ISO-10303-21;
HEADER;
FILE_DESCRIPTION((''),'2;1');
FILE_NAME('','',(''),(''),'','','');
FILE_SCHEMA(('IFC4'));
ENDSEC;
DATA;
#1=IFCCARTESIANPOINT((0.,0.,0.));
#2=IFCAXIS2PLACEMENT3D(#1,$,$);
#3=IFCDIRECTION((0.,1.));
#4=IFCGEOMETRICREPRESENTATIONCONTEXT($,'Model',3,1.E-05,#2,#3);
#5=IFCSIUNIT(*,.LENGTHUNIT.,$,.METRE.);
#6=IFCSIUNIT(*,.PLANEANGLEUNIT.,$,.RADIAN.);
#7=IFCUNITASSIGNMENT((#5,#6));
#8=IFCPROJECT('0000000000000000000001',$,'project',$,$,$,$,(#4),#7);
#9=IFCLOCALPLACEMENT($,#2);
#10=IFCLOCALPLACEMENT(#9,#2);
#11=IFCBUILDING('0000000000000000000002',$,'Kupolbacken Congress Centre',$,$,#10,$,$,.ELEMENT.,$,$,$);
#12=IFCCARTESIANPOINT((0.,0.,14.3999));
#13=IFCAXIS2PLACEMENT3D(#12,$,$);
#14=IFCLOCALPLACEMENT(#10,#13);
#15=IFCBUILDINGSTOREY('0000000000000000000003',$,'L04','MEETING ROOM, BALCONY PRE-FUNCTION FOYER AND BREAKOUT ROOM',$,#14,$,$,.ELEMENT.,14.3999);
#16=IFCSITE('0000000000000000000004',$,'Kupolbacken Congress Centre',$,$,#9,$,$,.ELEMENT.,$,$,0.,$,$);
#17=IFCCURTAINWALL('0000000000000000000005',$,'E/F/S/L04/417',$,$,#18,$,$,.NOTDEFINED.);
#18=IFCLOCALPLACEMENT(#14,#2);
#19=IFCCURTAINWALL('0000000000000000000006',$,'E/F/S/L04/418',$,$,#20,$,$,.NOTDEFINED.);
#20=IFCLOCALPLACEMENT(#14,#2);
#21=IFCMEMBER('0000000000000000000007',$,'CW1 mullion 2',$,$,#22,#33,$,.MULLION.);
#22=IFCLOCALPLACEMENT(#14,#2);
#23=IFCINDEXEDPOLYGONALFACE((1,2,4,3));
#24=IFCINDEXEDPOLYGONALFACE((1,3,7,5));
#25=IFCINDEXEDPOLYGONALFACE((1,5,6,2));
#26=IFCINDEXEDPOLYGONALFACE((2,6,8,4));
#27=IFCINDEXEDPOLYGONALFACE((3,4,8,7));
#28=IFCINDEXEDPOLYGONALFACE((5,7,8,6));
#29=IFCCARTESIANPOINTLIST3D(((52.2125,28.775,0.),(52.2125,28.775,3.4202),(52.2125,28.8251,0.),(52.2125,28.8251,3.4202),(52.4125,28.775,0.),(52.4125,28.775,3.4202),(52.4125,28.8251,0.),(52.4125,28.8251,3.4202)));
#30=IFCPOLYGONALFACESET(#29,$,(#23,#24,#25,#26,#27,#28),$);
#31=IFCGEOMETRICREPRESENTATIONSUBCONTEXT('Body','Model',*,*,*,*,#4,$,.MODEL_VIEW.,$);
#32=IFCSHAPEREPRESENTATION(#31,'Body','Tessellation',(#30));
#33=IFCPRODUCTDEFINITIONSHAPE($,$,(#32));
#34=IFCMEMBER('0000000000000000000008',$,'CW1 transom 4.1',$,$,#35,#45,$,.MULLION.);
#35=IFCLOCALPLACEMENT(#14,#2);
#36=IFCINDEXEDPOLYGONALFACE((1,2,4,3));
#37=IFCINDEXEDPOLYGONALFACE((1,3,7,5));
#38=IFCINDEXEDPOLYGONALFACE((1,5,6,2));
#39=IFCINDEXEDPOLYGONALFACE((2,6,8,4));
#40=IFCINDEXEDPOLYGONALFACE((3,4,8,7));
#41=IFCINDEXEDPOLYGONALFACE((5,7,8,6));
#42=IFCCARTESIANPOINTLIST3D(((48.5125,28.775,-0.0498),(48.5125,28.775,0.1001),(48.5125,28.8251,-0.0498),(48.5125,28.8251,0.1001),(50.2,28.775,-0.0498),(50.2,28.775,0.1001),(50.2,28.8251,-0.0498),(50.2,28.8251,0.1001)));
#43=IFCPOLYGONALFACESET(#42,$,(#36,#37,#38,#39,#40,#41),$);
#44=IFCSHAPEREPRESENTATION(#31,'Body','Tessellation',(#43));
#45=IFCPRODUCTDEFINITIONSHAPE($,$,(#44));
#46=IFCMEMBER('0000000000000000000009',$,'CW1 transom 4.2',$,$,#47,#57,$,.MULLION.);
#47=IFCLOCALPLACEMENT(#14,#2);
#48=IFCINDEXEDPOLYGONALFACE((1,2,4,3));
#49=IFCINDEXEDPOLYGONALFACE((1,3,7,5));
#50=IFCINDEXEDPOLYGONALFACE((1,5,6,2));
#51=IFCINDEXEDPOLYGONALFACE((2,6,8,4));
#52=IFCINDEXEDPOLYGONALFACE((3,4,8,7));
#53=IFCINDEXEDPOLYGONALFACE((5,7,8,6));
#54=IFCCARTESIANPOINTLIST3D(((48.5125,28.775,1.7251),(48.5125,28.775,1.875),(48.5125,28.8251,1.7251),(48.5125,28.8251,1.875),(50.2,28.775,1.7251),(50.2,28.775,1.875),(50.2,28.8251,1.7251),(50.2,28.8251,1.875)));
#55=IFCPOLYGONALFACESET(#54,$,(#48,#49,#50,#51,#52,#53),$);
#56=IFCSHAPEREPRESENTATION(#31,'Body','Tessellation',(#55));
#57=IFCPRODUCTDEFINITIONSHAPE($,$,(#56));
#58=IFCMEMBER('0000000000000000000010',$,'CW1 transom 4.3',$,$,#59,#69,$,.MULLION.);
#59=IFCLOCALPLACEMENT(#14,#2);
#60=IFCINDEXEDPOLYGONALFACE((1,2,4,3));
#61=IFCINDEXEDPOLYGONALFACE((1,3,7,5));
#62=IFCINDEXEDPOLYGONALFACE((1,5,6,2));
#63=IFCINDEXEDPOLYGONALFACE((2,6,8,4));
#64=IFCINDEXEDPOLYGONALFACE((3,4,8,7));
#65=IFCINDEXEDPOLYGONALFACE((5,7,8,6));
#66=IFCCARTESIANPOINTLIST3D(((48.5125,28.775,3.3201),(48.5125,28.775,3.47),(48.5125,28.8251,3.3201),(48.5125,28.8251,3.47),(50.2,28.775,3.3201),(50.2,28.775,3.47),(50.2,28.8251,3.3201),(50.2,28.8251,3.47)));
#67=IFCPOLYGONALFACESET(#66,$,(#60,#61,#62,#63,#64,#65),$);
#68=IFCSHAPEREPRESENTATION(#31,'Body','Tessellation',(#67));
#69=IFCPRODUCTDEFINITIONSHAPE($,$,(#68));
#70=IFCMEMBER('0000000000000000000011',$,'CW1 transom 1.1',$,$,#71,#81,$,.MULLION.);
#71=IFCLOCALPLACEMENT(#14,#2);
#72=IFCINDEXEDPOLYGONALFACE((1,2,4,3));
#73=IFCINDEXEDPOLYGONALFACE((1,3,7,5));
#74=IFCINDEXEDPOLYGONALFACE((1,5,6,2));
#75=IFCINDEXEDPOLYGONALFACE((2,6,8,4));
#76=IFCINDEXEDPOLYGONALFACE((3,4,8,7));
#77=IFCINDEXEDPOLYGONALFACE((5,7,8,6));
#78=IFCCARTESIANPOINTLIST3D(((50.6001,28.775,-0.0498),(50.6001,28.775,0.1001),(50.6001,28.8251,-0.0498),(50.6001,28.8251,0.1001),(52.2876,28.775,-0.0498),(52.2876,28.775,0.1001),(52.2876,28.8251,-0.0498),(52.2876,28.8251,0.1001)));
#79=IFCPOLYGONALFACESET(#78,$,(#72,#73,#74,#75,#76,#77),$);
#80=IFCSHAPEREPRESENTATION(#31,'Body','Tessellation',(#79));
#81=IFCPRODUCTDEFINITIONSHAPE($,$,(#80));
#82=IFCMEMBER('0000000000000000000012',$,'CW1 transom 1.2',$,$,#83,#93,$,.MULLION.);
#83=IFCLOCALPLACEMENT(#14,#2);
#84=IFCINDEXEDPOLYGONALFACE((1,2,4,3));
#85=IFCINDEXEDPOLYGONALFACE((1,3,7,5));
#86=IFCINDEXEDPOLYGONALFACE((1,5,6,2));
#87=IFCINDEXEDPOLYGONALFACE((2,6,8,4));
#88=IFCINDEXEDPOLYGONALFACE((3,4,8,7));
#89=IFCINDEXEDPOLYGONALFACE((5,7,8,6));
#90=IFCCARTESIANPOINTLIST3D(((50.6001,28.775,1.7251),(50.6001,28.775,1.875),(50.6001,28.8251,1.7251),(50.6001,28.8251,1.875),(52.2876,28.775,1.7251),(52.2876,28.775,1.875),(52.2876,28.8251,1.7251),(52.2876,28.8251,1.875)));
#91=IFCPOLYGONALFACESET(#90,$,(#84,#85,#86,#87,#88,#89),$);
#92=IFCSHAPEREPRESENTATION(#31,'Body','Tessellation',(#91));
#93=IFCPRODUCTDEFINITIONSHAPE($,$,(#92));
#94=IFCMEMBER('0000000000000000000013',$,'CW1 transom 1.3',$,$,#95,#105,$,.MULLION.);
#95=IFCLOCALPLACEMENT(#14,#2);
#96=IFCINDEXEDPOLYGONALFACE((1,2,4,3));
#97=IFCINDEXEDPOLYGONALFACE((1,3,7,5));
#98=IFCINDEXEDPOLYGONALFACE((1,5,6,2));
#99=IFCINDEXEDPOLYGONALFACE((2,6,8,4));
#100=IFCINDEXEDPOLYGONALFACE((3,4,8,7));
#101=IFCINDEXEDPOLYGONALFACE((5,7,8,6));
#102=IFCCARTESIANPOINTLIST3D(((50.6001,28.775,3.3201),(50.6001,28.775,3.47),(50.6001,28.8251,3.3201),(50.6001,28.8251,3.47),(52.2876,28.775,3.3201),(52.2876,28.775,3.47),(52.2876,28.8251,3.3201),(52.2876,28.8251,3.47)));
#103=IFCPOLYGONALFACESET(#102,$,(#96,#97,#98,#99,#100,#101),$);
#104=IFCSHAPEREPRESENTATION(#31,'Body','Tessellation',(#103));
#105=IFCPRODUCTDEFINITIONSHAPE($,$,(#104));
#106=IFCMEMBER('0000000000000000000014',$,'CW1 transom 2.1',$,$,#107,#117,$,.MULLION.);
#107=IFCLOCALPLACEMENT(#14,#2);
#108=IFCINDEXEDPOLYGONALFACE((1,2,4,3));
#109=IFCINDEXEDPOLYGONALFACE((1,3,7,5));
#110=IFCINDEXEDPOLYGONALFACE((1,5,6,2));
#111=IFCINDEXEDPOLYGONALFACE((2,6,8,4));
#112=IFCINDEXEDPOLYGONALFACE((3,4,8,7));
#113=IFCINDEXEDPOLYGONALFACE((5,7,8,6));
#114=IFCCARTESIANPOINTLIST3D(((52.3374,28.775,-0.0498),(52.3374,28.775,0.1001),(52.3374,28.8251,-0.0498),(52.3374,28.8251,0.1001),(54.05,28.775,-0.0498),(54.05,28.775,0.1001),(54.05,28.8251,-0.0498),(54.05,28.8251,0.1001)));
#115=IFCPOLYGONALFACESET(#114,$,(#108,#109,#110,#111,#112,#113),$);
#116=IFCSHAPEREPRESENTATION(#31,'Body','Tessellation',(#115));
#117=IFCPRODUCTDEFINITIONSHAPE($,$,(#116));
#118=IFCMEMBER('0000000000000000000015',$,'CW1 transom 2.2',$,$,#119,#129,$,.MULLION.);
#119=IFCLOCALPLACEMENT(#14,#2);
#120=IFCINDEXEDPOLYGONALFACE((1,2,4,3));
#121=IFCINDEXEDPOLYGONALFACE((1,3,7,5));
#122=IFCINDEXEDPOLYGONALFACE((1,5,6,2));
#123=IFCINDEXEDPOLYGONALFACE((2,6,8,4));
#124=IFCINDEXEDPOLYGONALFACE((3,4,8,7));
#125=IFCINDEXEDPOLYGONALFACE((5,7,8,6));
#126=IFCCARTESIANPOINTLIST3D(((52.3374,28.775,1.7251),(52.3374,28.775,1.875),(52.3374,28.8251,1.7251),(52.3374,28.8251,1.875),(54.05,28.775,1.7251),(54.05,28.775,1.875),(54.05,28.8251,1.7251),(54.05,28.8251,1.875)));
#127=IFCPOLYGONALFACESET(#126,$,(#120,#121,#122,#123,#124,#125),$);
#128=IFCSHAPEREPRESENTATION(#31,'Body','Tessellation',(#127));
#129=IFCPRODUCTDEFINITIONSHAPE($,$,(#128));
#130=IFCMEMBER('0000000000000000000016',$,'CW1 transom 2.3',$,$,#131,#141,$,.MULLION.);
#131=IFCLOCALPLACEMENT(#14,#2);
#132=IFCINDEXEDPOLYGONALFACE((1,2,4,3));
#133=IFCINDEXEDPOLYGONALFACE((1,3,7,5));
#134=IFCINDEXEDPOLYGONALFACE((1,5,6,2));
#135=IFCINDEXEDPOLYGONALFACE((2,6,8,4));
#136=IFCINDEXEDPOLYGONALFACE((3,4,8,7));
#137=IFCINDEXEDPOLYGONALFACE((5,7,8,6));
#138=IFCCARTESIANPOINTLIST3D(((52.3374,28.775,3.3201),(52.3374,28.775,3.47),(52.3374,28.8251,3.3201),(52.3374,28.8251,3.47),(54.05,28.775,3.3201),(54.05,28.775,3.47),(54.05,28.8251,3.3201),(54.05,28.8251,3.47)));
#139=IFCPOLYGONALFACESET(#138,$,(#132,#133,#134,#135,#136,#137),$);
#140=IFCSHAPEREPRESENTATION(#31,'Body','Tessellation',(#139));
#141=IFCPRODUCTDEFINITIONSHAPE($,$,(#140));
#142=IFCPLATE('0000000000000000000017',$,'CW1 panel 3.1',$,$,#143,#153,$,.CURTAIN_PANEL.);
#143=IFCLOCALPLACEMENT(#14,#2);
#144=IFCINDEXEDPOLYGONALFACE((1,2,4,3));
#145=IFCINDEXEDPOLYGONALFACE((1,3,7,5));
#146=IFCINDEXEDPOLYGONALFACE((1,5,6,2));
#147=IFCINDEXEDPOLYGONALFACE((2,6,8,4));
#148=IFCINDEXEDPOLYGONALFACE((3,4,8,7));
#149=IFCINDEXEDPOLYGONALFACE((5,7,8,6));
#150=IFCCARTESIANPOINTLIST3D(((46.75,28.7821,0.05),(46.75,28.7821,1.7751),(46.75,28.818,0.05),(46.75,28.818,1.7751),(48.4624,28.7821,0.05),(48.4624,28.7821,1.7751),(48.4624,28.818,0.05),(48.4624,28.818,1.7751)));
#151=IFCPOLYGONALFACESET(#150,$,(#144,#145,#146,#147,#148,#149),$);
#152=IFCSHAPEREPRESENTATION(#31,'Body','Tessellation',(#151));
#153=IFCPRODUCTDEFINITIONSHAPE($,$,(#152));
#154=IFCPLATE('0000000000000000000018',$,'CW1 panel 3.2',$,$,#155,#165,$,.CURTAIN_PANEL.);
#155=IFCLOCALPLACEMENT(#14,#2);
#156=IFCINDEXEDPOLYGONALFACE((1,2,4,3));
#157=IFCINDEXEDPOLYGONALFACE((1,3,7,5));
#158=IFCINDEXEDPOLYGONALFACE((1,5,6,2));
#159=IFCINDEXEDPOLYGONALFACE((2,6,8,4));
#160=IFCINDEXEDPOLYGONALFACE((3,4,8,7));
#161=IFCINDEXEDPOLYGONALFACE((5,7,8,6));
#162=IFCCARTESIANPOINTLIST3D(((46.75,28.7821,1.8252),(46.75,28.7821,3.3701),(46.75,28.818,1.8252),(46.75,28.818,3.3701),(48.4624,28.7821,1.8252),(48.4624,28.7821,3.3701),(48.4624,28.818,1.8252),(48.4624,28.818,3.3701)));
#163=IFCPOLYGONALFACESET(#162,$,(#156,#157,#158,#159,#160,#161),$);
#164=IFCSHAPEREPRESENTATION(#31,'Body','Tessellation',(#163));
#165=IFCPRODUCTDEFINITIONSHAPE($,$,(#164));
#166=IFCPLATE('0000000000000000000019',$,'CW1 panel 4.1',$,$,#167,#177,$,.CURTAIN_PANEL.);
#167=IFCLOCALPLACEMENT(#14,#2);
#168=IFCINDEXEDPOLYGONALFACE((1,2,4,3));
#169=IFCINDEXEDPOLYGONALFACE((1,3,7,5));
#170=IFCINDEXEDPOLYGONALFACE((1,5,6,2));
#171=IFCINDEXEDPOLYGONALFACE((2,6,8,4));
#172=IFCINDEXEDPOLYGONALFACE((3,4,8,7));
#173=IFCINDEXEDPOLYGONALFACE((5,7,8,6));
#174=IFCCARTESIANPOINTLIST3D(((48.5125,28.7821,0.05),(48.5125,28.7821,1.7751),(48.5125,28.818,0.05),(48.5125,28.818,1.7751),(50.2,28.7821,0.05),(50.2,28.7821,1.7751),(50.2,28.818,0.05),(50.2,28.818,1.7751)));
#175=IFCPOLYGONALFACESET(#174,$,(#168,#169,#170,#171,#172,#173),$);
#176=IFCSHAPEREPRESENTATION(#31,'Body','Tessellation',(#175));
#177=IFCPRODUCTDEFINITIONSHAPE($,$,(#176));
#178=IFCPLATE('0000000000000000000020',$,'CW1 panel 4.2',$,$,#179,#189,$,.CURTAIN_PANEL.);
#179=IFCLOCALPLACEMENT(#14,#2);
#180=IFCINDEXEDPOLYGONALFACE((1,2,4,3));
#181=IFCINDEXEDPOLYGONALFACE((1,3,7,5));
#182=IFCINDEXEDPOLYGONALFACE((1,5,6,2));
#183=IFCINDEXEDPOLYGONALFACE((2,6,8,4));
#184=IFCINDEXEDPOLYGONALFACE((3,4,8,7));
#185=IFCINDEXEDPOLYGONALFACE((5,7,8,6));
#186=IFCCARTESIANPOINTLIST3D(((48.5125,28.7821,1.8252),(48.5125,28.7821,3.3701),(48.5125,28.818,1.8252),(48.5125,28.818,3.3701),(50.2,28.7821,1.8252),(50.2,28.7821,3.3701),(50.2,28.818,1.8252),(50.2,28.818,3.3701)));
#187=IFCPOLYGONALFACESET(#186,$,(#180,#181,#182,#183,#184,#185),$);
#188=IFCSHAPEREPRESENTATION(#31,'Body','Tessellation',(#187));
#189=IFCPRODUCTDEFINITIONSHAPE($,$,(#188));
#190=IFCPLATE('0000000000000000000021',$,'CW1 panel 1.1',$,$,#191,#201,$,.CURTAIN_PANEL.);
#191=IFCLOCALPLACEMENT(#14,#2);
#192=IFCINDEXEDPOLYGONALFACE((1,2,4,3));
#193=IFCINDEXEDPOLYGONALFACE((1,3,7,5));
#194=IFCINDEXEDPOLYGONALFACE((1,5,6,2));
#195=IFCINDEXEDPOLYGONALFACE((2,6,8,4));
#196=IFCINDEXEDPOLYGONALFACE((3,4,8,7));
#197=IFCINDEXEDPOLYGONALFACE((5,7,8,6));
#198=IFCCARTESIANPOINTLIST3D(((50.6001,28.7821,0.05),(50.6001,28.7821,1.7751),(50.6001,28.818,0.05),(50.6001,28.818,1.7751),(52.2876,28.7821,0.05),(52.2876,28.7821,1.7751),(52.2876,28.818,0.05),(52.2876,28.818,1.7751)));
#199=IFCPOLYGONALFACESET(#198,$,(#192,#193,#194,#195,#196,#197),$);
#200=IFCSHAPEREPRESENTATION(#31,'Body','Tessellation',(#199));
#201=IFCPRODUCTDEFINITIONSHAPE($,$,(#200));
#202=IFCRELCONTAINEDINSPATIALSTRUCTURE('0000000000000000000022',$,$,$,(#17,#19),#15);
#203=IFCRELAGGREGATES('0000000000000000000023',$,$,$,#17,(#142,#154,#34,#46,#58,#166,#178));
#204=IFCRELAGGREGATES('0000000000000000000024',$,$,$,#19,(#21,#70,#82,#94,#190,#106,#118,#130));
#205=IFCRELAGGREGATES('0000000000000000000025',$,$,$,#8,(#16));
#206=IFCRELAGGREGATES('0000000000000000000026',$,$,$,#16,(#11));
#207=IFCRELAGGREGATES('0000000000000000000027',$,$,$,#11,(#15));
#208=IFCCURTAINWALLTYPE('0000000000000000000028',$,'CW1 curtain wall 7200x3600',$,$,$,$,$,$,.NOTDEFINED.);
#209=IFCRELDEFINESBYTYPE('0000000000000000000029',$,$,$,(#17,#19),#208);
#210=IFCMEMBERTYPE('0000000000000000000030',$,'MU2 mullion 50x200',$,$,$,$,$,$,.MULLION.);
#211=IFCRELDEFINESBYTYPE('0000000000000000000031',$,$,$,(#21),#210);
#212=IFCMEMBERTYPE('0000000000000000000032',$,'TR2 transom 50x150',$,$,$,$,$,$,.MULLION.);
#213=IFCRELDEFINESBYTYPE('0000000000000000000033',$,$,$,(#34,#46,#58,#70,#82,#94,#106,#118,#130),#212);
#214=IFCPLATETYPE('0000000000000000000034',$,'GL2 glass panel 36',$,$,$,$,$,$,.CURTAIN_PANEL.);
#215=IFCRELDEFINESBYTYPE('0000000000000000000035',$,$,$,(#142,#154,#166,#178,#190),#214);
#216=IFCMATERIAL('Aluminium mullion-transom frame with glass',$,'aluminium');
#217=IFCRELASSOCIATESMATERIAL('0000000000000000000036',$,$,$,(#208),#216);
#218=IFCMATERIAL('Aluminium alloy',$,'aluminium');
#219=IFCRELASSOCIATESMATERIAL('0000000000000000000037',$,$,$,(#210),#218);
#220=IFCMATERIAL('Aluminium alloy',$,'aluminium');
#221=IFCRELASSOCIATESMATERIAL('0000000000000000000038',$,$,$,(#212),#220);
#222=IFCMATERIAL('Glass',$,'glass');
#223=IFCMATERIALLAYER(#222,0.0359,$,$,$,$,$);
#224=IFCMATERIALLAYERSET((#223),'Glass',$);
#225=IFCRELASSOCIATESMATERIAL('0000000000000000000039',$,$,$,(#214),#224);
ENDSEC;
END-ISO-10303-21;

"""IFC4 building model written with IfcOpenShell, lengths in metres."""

from ifc_helpers import new_model, si_unit, direction, frame, origin, origin_2d, place, context, subcontext, project, spatial, rectangle, extrude, material, layer, layer_set, material_profile, profile_set, type_object, element, aggregate, save


model = new_model("IFC4")

# Units and contexts
model_context = context("Model", 3, precision=1e-05, world=origin(), true_north=direction((0.0, 1.0)))
body_context = subcontext(model_context, "Body", "Model", "MODEL_VIEW")
ifc_project = project(units=[si_unit("LENGTHUNIT", "METRE"), si_unit("PLANEANGLEUNIT", "RADIAN")], contexts=[model_context])

# Site, building, storey
site_placement = place(None, origin())
site = spatial("IfcSite", under=ifc_project, at=site_placement, Name="Kupolbacken Congress Centre", CompositionType="ELEMENT", RefElevation=0.0)
building_placement = place(site_placement, origin())
building = spatial("IfcBuilding", under=site, at=building_placement, Name="Kupolbacken Congress Centre", CompositionType="ELEMENT")
storey_placement = place(building_placement, frame((0.0, 0.0, 14.3999)))
storey = spatial("IfcBuildingStorey", under=building, at=storey_placement, Name="L04", Description="MEETING ROOM, BALCONY PRE-FUNCTION FOYER AND BREAKOUT ROOM", CompositionType="ELEMENT", Elevation=14.3999)

# Curtain walls, member
ifc_material_1 = material(Name="Aluminium mullion-transom frame with glass", Category="aluminium")
curtain_wall_type = type_object("IfcCurtainWallType", Name="CW1 curtain wall 7200x3600", PredefinedType="NOTDEFINED", material=ifc_material_1)
curtain_wall_1_placement = place(storey_placement, origin())
curtain_wall_1 = element("IfcCurtainWall", 1, at=curtain_wall_1_placement, inside=storey, type_object=curtain_wall_type, Name="E/F/S/L04/417", PredefinedType="NOTDEFINED")
ifc_material_2 = material(Name="Aluminium alloy", Category="aluminium")
ifc_material_profile_1 = material_profile(ifc_material_2, rectangle(XDim=0.05, YDim=0.2, at=origin_2d()), Name="50 x 200")
ifc_profile_set_1 = profile_set([ifc_material_profile_1], Name="Aluminium alloy")
member_type_1 = type_object("IfcMemberType", Name="MU2 mullion 50x200", PredefinedType="MULLION", material=ifc_profile_set_1)
curtain_wall_2_placement = place(storey_placement, origin())
curtain_wall_2 = element("IfcCurtainWall", 2, at=curtain_wall_2_placement, inside=storey, type_object=curtain_wall_type, Name="E/F/S/L04/418", PredefinedType="NOTDEFINED")
member_1_placement = place(storey_placement, frame((52.3125, 28.8, 0.0), z_axis=(0.0, 0.0, 1.0), x_axis=(0.0, 1.0, 0.0)))
member_1 = element("IfcMember", 3, at=member_1_placement, type_object=member_type_1, Name="CW1 mullion 2", PredefinedType="MULLION", context=body_context, shape_type="SweptSolid", body=[
    extrude(rectangle(XDim=0.05, YDim=0.2, at=origin_2d()), origin(), (0.0, 0.0, 1.0), 3.4202),
])

# Members
ifc_material_3 = material(Name="Aluminium alloy", Category="aluminium")
ifc_material_profile_2 = material_profile(ifc_material_3, rectangle(XDim=0.05, YDim=0.1499, at=origin_2d()), Name="50 x 150")
ifc_profile_set_2 = profile_set([ifc_material_profile_2], Name="Aluminium alloy")
member_type_2 = type_object("IfcMemberType", Name="TR2 transom 50x150", PredefinedType="MULLION", material=ifc_profile_set_2)
member_2_placement = place(storey_placement, frame((48.5125, 28.8, 0.0251), z_axis=(1.0, 0.0, 0.0), x_axis=(0.0, 1.0, 0.0)))
member_2 = element("IfcMember", 4, at=member_2_placement, type_object=member_type_2, Name="CW1 transom 4.1", PredefinedType="MULLION", context=body_context, shape_type="SweptSolid", body=[
    extrude(rectangle(XDim=0.05, YDim=0.1499, at=origin_2d()), origin(), (0.0, 0.0, 1.0), 1.6875),
])
member_3_placement = place(storey_placement, frame((48.5125, 28.8, 1.8), z_axis=(1.0, 0.0, 0.0), x_axis=(0.0, 1.0, 0.0)))
member_3 = element("IfcMember", 5, at=member_3_placement, type_object=member_type_2, Name="CW1 transom 4.2", PredefinedType="MULLION", context=body_context, shape_type="SweptSolid", body=[
    extrude(rectangle(XDim=0.05, YDim=0.1499, at=origin_2d()), origin(), (0.0, 0.0, 1.0), 1.6875),
])
member_4_placement = place(storey_placement, frame((48.5125, 28.8, 3.395), z_axis=(1.0, 0.0, 0.0), x_axis=(0.0, 1.0, 0.0)))
member_4 = element("IfcMember", 6, at=member_4_placement, type_object=member_type_2, Name="CW1 transom 4.3", PredefinedType="MULLION", context=body_context, shape_type="SweptSolid", body=[
    extrude(rectangle(XDim=0.05, YDim=0.1499, at=origin_2d()), origin(), (0.0, 0.0, 1.0), 1.6875),
])
member_5_placement = place(storey_placement, frame((50.6001, 28.8, 0.0251), z_axis=(1.0, 0.0, 0.0), x_axis=(0.0, 1.0, 0.0)))
member_5 = element("IfcMember", 7, at=member_5_placement, type_object=member_type_2, Name="CW1 transom 1.1", PredefinedType="MULLION", context=body_context, shape_type="SweptSolid", body=[
    extrude(rectangle(XDim=0.05, YDim=0.1499, at=origin_2d()), origin(), (0.0, 0.0, 1.0), 1.6875),
])
member_6_placement = place(storey_placement, frame((50.6001, 28.8, 1.8), z_axis=(1.0, 0.0, 0.0), x_axis=(0.0, 1.0, 0.0)))
member_6 = element("IfcMember", 8, at=member_6_placement, type_object=member_type_2, Name="CW1 transom 1.2", PredefinedType="MULLION", context=body_context, shape_type="SweptSolid", body=[
    extrude(rectangle(XDim=0.05, YDim=0.1499, at=origin_2d()), origin(), (0.0, 0.0, 1.0), 1.6875),
])
member_7_placement = place(storey_placement, frame((50.6001, 28.8, 3.395), z_axis=(1.0, 0.0, 0.0), x_axis=(0.0, 1.0, 0.0)))
member_7 = element("IfcMember", 9, at=member_7_placement, type_object=member_type_2, Name="CW1 transom 1.3", PredefinedType="MULLION", context=body_context, shape_type="SweptSolid", body=[
    extrude(rectangle(XDim=0.05, YDim=0.1499, at=origin_2d()), origin(), (0.0, 0.0, 1.0), 1.6875),
])
member_8_placement = place(storey_placement, frame((52.3374, 28.8, 0.0251), z_axis=(1.0, 0.0, 0.0), x_axis=(0.0, 1.0, 0.0)))
member_8 = element("IfcMember", 10, at=member_8_placement, type_object=member_type_2, Name="CW1 transom 2.1", PredefinedType="MULLION", context=body_context, shape_type="SweptSolid", body=[
    extrude(rectangle(XDim=0.05, YDim=0.1499, at=origin_2d()), origin(), (0.0, 0.0, 1.0), 1.7126),
])
member_9_placement = place(storey_placement, frame((52.3374, 28.8, 1.8), z_axis=(1.0, 0.0, 0.0), x_axis=(0.0, 1.0, 0.0)))
member_9 = element("IfcMember", 11, at=member_9_placement, type_object=member_type_2, Name="CW1 transom 2.2", PredefinedType="MULLION", context=body_context, shape_type="SweptSolid", body=[
    extrude(rectangle(XDim=0.05, YDim=0.1499, at=origin_2d()), origin(), (0.0, 0.0, 1.0), 1.7126),
])
member_10_placement = place(storey_placement, frame((52.3374, 28.8, 3.395), z_axis=(1.0, 0.0, 0.0), x_axis=(0.0, 1.0, 0.0)))
member_10 = element("IfcMember", 12, at=member_10_placement, type_object=member_type_2, Name="CW1 transom 2.3", PredefinedType="MULLION", context=body_context, shape_type="SweptSolid", body=[
    extrude(rectangle(XDim=0.05, YDim=0.1499, at=origin_2d()), origin(), (0.0, 0.0, 1.0), 1.7126),
])

# Plates
ifc_material_4 = material(Name="Glass", Category="glass")
ifc_layer = layer(ifc_material_4, 0.0359)
ifc_layer_set = layer_set([ifc_layer], Name="Glass")
plate_type = type_object("IfcPlateType", Name="GL2 glass panel 36", PredefinedType="CURTAIN_PANEL", material=ifc_layer_set)
plate_1_placement = place(storey_placement, frame((47.6062, 28.8, 0.05), z_axis=(0.0, 0.0, 1.0), x_axis=(1.0, 0.0, 0.0)))
plate_1 = element("IfcPlate", 13, at=plate_1_placement, type_object=plate_type, Name="CW1 panel 3.1", PredefinedType="CURTAIN_PANEL", context=body_context, shape_type="SweptSolid", body=[
    extrude(rectangle(XDim=1.7124, YDim=0.0359, at=origin_2d()), origin(), (0.0, 0.0, 1.0), 1.7251),
])
plate_2_placement = place(storey_placement, frame((47.6062, 28.8, 1.8252), z_axis=(0.0, 0.0, 1.0), x_axis=(1.0, 0.0, 0.0)))
plate_2 = element("IfcPlate", 14, at=plate_2_placement, type_object=plate_type, Name="CW1 panel 3.2", PredefinedType="CURTAIN_PANEL", context=body_context, shape_type="SweptSolid", body=[
    extrude(rectangle(XDim=1.7124, YDim=0.0359, at=origin_2d()), origin(), (0.0, 0.0, 1.0), 1.5449),
])
plate_3_placement = place(storey_placement, frame((49.3562, 28.8, 0.05), z_axis=(0.0, 0.0, 1.0), x_axis=(1.0, 0.0, 0.0)))
plate_3 = element("IfcPlate", 15, at=plate_3_placement, type_object=plate_type, Name="CW1 panel 4.1", PredefinedType="CURTAIN_PANEL", context=body_context, shape_type="SweptSolid", body=[
    extrude(rectangle(XDim=1.6875, YDim=0.0359, at=origin_2d()), origin(), (0.0, 0.0, 1.0), 1.7251),
])
plate_4_placement = place(storey_placement, frame((49.3562, 28.8, 1.8252), z_axis=(0.0, 0.0, 1.0), x_axis=(1.0, 0.0, 0.0)))
plate_4 = element("IfcPlate", 16, at=plate_4_placement, type_object=plate_type, Name="CW1 panel 4.2", PredefinedType="CURTAIN_PANEL", context=body_context, shape_type="SweptSolid", body=[
    extrude(rectangle(XDim=1.6875, YDim=0.0359, at=origin_2d()), origin(), (0.0, 0.0, 1.0), 1.5449),
])
aggregate(curtain_wall_1, [plate_1, plate_2, member_2, member_3, member_4, plate_3, plate_4])
plate_5_placement = place(storey_placement, frame((51.4438, 28.8, 0.05), z_axis=(0.0, 0.0, 1.0), x_axis=(1.0, 0.0, 0.0)))
plate_5 = element("IfcPlate", 17, at=plate_5_placement, type_object=plate_type, Name="CW1 panel 1.1", PredefinedType="CURTAIN_PANEL", context=body_context, shape_type="SweptSolid", body=[
    extrude(rectangle(XDim=1.6875, YDim=0.0359, at=origin_2d()), origin(), (0.0, 0.0, 1.0), 1.7251),
])
aggregate(curtain_wall_2, [member_1, member_5, member_6, member_7, plate_5, member_8, member_9, member_10])

save(model, "model.ifc")
